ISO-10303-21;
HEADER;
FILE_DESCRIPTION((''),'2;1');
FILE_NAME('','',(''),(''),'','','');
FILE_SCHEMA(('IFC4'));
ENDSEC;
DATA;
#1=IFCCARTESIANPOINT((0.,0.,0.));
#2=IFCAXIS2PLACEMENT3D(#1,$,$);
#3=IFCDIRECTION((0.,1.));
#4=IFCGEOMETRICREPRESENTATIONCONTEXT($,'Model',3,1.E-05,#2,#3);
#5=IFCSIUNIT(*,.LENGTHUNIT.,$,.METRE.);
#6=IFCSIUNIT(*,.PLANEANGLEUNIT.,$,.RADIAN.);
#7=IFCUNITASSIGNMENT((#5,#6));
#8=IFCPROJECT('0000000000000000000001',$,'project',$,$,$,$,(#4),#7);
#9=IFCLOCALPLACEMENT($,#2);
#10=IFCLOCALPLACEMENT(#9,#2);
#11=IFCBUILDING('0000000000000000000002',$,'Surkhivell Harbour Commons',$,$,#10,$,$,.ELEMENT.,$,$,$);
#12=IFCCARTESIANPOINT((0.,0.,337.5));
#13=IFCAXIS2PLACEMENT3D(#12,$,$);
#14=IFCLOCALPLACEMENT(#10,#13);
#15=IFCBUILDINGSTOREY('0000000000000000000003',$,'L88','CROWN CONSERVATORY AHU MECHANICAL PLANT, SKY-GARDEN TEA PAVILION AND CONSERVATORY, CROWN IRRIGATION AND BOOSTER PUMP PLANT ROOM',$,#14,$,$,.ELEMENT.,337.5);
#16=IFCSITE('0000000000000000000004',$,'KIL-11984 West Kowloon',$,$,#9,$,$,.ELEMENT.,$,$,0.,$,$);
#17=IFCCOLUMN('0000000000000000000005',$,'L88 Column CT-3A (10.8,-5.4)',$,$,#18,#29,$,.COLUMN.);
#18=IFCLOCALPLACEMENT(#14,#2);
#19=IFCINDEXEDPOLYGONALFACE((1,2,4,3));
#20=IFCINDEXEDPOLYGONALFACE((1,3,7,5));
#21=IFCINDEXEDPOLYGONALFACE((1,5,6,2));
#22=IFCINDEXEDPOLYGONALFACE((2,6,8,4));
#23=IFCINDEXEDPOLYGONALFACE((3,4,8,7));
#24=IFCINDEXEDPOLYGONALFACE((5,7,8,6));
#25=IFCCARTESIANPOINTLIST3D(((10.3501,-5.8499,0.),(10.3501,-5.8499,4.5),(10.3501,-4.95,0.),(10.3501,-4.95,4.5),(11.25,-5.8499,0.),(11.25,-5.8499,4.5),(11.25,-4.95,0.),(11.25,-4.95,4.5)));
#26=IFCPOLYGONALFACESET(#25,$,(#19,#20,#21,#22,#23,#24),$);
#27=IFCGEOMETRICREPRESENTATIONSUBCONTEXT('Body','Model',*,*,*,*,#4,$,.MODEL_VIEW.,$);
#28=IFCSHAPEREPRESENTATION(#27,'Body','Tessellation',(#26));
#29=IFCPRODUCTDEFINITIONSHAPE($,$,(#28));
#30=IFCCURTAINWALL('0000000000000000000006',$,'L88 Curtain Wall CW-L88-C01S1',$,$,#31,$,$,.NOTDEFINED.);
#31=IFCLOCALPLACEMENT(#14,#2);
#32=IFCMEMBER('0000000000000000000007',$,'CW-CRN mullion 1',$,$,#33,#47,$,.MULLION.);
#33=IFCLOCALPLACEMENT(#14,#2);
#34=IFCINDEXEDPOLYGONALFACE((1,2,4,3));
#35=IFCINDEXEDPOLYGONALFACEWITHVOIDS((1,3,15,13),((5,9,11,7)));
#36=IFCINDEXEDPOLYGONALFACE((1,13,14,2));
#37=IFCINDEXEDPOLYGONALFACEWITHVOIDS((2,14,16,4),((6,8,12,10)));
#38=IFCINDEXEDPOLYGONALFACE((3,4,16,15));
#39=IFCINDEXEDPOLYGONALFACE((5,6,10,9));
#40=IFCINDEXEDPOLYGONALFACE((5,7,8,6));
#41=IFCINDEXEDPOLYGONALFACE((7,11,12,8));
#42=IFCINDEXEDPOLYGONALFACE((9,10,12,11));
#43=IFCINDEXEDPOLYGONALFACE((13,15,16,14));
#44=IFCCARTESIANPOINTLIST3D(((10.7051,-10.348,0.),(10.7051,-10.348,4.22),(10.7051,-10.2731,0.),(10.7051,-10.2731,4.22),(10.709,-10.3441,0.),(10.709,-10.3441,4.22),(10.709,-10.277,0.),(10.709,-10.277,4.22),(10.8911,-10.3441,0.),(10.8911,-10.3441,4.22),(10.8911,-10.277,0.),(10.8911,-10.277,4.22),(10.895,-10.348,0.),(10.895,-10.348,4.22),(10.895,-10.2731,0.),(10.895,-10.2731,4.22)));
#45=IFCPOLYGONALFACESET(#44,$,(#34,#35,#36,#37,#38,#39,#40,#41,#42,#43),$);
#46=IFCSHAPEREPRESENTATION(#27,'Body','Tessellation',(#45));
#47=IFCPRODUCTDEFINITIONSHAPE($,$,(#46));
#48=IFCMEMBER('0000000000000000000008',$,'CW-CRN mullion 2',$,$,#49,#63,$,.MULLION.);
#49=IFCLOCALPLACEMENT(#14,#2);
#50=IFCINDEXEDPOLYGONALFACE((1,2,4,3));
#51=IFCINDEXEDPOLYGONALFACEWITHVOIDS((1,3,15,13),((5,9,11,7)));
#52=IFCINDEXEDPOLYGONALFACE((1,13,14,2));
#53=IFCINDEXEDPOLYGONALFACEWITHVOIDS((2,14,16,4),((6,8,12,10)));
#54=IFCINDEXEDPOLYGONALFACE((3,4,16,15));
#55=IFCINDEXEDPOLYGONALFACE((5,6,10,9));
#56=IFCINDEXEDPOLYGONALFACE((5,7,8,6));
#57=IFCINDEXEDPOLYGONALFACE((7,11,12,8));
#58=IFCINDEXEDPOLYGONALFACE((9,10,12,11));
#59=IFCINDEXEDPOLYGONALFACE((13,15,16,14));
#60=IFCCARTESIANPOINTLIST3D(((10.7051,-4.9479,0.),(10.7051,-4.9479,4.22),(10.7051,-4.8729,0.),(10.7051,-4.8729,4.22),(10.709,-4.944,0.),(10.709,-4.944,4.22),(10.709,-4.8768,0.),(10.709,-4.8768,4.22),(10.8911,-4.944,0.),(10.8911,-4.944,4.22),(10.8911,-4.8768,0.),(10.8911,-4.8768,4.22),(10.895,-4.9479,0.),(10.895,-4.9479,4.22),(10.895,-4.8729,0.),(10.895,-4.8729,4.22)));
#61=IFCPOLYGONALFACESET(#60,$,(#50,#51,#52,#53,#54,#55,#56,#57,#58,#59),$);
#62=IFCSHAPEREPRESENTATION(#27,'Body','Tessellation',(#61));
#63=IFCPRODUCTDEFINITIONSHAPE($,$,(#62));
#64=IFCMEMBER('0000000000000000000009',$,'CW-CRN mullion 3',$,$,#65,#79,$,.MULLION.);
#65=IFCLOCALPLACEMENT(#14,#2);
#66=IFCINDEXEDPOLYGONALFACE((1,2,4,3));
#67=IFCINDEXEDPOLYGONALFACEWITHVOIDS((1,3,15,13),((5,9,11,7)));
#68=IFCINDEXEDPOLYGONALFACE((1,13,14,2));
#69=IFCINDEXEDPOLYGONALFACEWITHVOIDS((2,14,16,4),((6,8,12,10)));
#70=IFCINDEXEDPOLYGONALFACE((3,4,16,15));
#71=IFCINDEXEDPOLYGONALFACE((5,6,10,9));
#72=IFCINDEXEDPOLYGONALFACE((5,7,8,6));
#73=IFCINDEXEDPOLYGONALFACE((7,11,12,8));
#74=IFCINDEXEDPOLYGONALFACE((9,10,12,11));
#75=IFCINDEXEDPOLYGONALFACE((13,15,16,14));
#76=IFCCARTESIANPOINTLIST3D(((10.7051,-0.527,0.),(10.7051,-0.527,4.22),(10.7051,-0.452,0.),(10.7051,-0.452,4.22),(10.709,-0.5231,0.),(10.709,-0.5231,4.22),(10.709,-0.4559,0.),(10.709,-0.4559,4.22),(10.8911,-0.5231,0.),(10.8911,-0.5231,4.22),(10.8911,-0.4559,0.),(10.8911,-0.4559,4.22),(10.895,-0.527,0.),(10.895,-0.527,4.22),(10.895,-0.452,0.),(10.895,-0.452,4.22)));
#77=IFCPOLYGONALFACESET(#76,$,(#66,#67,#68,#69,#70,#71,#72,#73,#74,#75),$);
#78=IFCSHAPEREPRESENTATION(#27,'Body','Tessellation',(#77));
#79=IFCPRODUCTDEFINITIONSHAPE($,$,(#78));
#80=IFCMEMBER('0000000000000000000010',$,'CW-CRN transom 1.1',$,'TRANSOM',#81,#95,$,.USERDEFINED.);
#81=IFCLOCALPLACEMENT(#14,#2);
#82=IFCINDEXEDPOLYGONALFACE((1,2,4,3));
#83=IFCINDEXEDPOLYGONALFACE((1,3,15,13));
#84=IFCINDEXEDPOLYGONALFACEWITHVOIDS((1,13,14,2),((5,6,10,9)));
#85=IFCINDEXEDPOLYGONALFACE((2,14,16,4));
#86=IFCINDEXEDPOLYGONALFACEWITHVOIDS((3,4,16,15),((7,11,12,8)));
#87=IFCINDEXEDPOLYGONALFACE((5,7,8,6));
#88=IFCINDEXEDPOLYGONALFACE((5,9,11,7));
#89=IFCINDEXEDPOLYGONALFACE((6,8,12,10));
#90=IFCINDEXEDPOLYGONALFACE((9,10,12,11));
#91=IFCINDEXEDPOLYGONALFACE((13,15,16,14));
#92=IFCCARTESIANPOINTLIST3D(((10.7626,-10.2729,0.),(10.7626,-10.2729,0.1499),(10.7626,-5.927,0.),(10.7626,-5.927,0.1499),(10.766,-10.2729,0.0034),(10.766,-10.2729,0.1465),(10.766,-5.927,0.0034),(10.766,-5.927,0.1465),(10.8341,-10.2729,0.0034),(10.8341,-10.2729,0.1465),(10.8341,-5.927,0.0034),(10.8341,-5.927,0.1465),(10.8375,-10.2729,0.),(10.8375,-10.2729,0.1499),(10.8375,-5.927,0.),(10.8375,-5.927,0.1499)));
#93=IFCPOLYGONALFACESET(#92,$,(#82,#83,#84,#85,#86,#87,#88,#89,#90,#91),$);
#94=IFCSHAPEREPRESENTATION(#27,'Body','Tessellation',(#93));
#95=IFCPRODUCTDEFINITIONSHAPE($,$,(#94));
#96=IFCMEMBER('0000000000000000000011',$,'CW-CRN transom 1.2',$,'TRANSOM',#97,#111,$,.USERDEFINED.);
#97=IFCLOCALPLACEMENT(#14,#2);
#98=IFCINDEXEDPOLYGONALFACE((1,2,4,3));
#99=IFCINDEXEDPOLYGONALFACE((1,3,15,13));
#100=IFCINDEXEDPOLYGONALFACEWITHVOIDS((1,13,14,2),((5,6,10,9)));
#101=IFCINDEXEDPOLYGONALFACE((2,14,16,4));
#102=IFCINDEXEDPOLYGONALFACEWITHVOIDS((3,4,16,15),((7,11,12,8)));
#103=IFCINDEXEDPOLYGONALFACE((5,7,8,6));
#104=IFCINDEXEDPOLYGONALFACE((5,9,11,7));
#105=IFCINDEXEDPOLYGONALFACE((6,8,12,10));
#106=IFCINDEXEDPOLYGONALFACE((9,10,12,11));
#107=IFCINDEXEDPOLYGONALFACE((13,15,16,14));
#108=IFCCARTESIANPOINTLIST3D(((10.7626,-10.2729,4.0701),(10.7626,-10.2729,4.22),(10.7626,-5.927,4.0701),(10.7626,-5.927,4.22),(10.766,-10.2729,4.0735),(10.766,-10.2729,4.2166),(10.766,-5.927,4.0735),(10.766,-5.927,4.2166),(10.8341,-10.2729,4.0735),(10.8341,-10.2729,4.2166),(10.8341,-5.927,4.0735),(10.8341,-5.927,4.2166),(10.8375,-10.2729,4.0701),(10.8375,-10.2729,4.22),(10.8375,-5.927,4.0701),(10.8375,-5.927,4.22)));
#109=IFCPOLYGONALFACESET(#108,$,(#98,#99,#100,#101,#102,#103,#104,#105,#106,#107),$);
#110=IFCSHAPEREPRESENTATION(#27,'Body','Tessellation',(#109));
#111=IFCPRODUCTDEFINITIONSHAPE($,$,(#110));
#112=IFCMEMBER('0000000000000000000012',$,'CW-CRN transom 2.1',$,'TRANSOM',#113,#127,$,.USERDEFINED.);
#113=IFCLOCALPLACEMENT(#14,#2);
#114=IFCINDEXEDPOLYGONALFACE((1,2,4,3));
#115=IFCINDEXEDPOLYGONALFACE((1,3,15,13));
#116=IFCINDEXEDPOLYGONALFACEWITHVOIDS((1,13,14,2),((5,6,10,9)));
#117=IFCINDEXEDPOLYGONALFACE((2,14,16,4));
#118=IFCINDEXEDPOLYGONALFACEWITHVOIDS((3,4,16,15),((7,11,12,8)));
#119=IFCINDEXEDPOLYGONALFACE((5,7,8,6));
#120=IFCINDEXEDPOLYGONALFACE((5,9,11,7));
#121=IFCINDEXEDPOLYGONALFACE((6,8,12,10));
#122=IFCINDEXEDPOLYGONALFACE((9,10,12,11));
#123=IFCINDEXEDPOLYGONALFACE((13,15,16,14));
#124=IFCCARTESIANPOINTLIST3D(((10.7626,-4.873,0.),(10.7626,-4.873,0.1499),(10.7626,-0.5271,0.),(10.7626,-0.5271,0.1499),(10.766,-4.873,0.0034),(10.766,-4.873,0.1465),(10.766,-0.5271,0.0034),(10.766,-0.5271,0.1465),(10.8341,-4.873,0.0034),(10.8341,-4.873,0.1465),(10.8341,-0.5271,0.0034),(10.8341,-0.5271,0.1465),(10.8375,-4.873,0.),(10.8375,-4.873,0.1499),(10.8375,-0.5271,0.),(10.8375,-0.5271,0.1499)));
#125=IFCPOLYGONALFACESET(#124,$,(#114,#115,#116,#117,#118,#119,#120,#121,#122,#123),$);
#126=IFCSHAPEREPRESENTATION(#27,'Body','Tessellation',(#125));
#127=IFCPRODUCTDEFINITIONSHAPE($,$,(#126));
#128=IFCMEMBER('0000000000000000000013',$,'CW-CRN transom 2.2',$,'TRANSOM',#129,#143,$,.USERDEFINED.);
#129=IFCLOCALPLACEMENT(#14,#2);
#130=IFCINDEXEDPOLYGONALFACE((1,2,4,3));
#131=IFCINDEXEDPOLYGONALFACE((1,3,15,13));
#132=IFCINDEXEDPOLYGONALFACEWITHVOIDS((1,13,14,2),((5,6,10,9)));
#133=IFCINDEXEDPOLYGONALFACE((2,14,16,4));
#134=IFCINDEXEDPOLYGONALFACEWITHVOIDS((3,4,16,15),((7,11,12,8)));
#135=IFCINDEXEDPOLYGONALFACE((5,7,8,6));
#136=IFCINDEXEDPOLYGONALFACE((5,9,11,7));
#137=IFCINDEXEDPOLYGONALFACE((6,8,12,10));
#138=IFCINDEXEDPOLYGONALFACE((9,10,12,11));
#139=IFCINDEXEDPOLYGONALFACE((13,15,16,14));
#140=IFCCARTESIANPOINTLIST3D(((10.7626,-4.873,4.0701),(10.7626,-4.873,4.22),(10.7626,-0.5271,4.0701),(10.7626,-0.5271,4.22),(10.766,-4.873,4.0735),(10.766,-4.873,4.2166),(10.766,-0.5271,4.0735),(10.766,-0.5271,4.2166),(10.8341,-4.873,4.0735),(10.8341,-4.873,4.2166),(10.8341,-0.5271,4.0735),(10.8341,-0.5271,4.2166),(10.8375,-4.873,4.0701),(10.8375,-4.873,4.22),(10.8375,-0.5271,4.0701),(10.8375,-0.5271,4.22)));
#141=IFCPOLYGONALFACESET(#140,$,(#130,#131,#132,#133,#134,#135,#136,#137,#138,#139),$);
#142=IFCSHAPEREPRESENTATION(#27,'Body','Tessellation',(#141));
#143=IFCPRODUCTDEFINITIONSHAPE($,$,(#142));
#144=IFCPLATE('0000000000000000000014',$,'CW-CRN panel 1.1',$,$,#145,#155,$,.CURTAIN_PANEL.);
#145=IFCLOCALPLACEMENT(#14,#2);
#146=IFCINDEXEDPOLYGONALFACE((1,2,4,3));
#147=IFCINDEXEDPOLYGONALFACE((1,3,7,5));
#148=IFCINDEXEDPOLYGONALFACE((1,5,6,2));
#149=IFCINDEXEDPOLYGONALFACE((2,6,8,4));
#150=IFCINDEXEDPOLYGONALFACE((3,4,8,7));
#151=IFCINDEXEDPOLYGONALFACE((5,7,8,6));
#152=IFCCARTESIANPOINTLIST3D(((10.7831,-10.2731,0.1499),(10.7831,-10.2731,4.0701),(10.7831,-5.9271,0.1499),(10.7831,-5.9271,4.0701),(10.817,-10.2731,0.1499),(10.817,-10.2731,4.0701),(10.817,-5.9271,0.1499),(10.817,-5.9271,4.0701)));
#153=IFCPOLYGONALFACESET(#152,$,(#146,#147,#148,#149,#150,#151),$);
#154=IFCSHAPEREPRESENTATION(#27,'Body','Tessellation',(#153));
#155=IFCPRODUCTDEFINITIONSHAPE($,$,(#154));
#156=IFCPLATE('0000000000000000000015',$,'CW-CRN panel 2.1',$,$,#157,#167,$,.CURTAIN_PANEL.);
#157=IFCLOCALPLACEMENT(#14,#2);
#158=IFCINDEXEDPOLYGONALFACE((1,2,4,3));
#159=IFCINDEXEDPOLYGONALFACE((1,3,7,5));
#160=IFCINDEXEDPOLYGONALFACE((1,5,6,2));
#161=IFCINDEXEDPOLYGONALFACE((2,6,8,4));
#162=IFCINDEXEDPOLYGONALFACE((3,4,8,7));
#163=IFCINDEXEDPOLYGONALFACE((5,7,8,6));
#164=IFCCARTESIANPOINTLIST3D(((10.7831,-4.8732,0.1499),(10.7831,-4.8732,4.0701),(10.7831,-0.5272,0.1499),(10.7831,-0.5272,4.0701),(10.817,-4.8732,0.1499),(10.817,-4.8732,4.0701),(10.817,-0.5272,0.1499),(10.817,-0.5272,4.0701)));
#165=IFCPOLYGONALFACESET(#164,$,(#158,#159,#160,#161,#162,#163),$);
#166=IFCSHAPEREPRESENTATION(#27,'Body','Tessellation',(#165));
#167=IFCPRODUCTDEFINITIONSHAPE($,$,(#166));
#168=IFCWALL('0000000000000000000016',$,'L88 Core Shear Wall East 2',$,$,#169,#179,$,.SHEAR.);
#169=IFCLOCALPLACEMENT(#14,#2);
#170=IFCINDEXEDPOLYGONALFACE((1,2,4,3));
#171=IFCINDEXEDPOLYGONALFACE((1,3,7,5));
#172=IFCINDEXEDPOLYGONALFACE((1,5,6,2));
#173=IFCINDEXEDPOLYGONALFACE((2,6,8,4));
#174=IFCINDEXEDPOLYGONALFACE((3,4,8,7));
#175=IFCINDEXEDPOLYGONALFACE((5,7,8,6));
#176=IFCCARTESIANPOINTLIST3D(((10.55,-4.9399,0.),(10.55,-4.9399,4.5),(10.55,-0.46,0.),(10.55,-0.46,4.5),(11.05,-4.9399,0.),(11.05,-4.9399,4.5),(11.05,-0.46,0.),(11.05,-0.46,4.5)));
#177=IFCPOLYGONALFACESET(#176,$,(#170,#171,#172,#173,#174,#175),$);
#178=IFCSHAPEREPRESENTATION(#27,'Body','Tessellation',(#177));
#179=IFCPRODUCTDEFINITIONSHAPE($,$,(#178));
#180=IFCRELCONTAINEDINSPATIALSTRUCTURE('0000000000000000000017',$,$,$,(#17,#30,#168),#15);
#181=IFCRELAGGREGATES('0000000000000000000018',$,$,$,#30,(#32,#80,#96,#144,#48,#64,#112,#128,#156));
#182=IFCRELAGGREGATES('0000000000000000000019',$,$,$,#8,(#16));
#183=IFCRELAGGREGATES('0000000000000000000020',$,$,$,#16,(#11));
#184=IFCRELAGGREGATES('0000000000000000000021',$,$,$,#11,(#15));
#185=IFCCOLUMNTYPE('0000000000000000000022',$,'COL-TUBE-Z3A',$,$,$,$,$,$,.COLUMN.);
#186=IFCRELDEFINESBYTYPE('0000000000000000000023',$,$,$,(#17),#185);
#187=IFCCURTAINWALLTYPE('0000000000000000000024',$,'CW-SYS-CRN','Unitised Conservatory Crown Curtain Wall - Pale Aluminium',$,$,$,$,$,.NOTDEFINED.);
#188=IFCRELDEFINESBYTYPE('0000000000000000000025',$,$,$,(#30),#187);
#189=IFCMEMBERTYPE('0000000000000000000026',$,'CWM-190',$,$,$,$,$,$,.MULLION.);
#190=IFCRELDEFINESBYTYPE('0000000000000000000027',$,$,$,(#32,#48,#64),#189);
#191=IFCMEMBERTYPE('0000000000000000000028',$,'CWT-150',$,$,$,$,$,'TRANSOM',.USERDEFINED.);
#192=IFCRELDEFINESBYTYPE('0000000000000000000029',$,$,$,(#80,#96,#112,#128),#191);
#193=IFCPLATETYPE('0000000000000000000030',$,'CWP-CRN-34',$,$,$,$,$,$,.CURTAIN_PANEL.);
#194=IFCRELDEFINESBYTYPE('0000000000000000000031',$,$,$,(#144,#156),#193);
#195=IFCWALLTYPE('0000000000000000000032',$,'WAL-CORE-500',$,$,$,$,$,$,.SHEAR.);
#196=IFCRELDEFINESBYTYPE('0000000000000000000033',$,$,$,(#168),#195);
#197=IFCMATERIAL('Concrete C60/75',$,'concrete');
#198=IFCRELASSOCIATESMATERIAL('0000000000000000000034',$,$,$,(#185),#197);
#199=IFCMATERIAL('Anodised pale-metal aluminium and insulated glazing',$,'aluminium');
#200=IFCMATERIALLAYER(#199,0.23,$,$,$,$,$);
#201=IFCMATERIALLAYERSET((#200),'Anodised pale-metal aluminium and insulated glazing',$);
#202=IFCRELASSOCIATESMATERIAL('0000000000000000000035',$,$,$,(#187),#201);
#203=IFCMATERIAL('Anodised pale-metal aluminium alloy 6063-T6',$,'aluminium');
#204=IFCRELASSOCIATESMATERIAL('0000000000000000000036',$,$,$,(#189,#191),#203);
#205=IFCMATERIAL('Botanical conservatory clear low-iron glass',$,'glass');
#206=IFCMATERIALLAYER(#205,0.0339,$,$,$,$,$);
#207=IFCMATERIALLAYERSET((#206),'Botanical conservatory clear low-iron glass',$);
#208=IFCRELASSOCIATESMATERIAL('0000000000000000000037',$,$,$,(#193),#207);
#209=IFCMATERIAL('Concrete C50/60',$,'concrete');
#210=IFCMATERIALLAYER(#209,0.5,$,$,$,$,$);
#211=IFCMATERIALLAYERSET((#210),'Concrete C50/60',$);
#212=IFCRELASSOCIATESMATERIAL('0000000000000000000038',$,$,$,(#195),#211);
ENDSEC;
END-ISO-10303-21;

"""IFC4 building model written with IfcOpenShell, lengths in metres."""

from ifc_helpers import new_model, si_unit, direction, frame, frame_2d, origin, origin_2d, place, context, subcontext, project, spatial, rectangle, hollow_rectangle, extrude, material, layer, layer_set, material_profile, profile_set, type_object, element, aggregate, save


model = new_model("IFC4")

# Units and contexts
model_context = context("Model", 3, precision=1e-05, world=origin(), true_north=direction((0.0, 1.0)))
body_context = subcontext(model_context, "Body", "Model", "MODEL_VIEW")
ifc_project = project(units=[si_unit("LENGTHUNIT", "METRE"), si_unit("PLANEANGLEUNIT", "RADIAN")], contexts=[model_context])

# Site, building, storey
site_placement = place(None, origin())
site = spatial("IfcSite", under=ifc_project, at=site_placement, Name="KIL-11984 West Kowloon", CompositionType="ELEMENT", RefElevation=0.0)
building_placement = place(site_placement, origin())
building = spatial("IfcBuilding", under=site, at=building_placement, Name="Surkhivell Harbour Commons", CompositionType="ELEMENT")
storey_placement = place(building_placement, frame((0.0, 0.0, 337.5)))
storey = spatial("IfcBuildingStorey", under=building, at=storey_placement, Name="L88", Description="CROWN CONSERVATORY AHU MECHANICAL PLANT, SKY-GARDEN TEA PAVILION AND CONSERVATORY, CROWN IRRIGATION AND BOOSTER PUMP PLANT ROOM", CompositionType="ELEMENT", Elevation=337.5)

# Column
ifc_material_1 = material(Name="Concrete C60/75", Category="concrete")
ifc_material_profile_1 = material_profile(ifc_material_1, rectangle(XDim=0.8999, YDim=0.8999, at=origin_2d()), Name="RC-COL-900x900")
ifc_profile_set_1 = profile_set([ifc_material_profile_1], Name="Concrete C60/75")
column_type = type_object("IfcColumnType", Name="COL-TUBE-Z3A", PredefinedType="COLUMN", material=ifc_profile_set_1)
column_placement = place(storey_placement, frame((10.8, -5.3999, 0.0), z_axis=(0.0, 0.0, 1.0), x_axis=(1.0, 0.0, 0.0)))
element("IfcColumn", 1, at=column_placement, inside=storey, type_object=column_type, Name="L88 Column CT-3A (10.8,-5.4)", PredefinedType="COLUMN", context=body_context, shape_type="SweptSolid", body=[
    extrude(rectangle(XDim=0.8999, YDim=0.8999, at=origin_2d()), origin(), (0.0, 0.0, 1.0), 4.5),
])

# Curtain wall, members, plates
ifc_material_2 = material(Name="Anodised pale-metal aluminium and insulated glazing", Category="aluminium")
ifc_layer_1 = layer(ifc_material_2, 0.23)
ifc_layer_set_1 = layer_set([ifc_layer_1], Name="Anodised pale-metal aluminium and insulated glazing")
curtain_wall_type = type_object("IfcCurtainWallType", Name="CW-SYS-CRN", Description="Unitised Conservatory Crown Curtain Wall - Pale Aluminium", PredefinedType="NOTDEFINED", material=ifc_layer_set_1)
curtain_wall_placement = place(storey_placement, origin())
curtain_wall = element("IfcCurtainWall", 2, at=curtain_wall_placement, inside=storey, type_object=curtain_wall_type, Name="L88 Curtain Wall CW-L88-C01S1", PredefinedType="NOTDEFINED")
ifc_material_3 = material(Name="Anodised pale-metal aluminium alloy 6063-T6", Category="aluminium")
ifc_material_profile_2 = material_profile(ifc_material_3, hollow_rectangle(XDim=0.075, YDim=0.1899, WallThickness=0.0039, at=origin_2d()), Name="ALU-MULL-75x190")
ifc_profile_set_2 = profile_set([ifc_material_profile_2], Name="Anodised pale-metal aluminium alloy 6063-T6")
member_type_1 = type_object("IfcMemberType", Name="CWM-190", PredefinedType="MULLION", material=ifc_profile_set_2)
member_1_placement = place(storey_placement, frame((10.8, -10.3105, 0.0), z_axis=(0.0, 0.0, 1.0), x_axis=(0.0, 1.0, 0.0)))
member_1 = element("IfcMember", 3, at=member_1_placement, type_object=member_type_1, Name="CW-CRN mullion 1", PredefinedType="MULLION", context=body_context, shape_type="SweptSolid", body=[
    extrude(hollow_rectangle(XDim=0.075, YDim=0.1899, WallThickness=0.0039, at=origin_2d()), origin(), (0.0, 0.0, 1.0), 4.22),
])
member_2_placement = place(storey_placement, frame((10.8, -4.9104, 0.0), z_axis=(0.0, 0.0, 1.0), x_axis=(0.0, 1.0, 0.0)))
member_2 = element("IfcMember", 4, at=member_2_placement, type_object=member_type_1, Name="CW-CRN mullion 2", PredefinedType="MULLION", context=body_context, shape_type="SweptSolid", body=[
    extrude(hollow_rectangle(XDim=0.075, YDim=0.1899, WallThickness=0.0039, at=origin_2d()), origin(), (0.0, 0.0, 1.0), 4.22),
])
member_3_placement = place(storey_placement, frame((10.8, -0.4895, 0.0), z_axis=(0.0, 0.0, 1.0), x_axis=(0.0, 1.0, 0.0)))
member_3 = element("IfcMember", 5, at=member_3_placement, type_object=member_type_1, Name="CW-CRN mullion 3", PredefinedType="MULLION", context=body_context, shape_type="SweptSolid", body=[
    extrude(hollow_rectangle(XDim=0.075, YDim=0.1899, WallThickness=0.0039, at=origin_2d()), origin(), (0.0, 0.0, 1.0), 4.22),
])
ifc_material_profile_3 = material_profile(ifc_material_3, hollow_rectangle(XDim=0.075, YDim=0.1499, WallThickness=0.0034, at=origin_2d()), Name="ALU-TRAN-75x150")
ifc_profile_set_3 = profile_set([ifc_material_profile_3], Name="Anodised pale-metal aluminium alloy 6063-T6")
member_type_2 = type_object("IfcMemberType", Name="CWT-150", ElementType="TRANSOM", PredefinedType="USERDEFINED", material=ifc_profile_set_3)
member_4_placement = place(storey_placement, frame((10.8, -10.2729, 0.075), z_axis=(0.0, 1.0, 0.0), x_axis=(-1.0, 0.0, 0.0)))
member_4 = element("IfcMember", 6, at=member_4_placement, type_object=member_type_2, Name="CW-CRN transom 1.1", ObjectType="TRANSOM", PredefinedType="USERDEFINED", context=body_context, shape_type="SweptSolid", body=[
    extrude(hollow_rectangle(XDim=0.075, YDim=0.1499, WallThickness=0.0034, at=origin_2d()), origin(), (0.0, 0.0, 1.0), 4.3459),
])
member_5_placement = place(storey_placement, frame((10.8, -10.2729, 4.145), z_axis=(0.0, 1.0, 0.0), x_axis=(-1.0, 0.0, 0.0)))
member_5 = element("IfcMember", 7, at=member_5_placement, type_object=member_type_2, Name="CW-CRN transom 1.2", ObjectType="TRANSOM", PredefinedType="USERDEFINED", context=body_context, shape_type="SweptSolid", body=[
    extrude(hollow_rectangle(XDim=0.075, YDim=0.1499, WallThickness=0.0034, at=origin_2d()), origin(), (0.0, 0.0, 1.0), 4.3459),
])
member_6_placement = place(storey_placement, frame((10.8, -4.873, 0.075), z_axis=(0.0, 1.0, 0.0), x_axis=(-1.0, 0.0, 0.0)))
member_6 = element("IfcMember", 8, at=member_6_placement, type_object=member_type_2, Name="CW-CRN transom 2.1", ObjectType="TRANSOM", PredefinedType="USERDEFINED", context=body_context, shape_type="SweptSolid", body=[
    extrude(hollow_rectangle(XDim=0.075, YDim=0.1499, WallThickness=0.0034, at=origin_2d()), origin(), (0.0, 0.0, 1.0), 4.3459),
])
member_7_placement = place(storey_placement, frame((10.8, -4.873, 4.145), z_axis=(0.0, 1.0, 0.0), x_axis=(-1.0, 0.0, 0.0)))
member_7 = element("IfcMember", 9, at=member_7_placement, type_object=member_type_2, Name="CW-CRN transom 2.2", ObjectType="TRANSOM", PredefinedType="USERDEFINED", context=body_context, shape_type="SweptSolid", body=[
    extrude(hollow_rectangle(XDim=0.075, YDim=0.1499, WallThickness=0.0034, at=origin_2d()), origin(), (0.0, 0.0, 1.0), 4.3459),
])
ifc_material_4 = material(Name="Botanical conservatory clear low-iron glass", Category="glass")
ifc_layer_2 = layer(ifc_material_4, 0.0339)
ifc_layer_set_2 = layer_set([ifc_layer_2], Name="Botanical conservatory clear low-iron glass")
plate_type = type_object("IfcPlateType", Name="CWP-CRN-34", PredefinedType="CURTAIN_PANEL", material=ifc_layer_set_2)
plate_1_placement = place(storey_placement, frame((10.8, -10.2729, 0.1499), z_axis=(0.0, 0.0, 1.0), x_axis=(0.0, 1.0, 0.0)))
plate_1 = element("IfcPlate", 10, at=plate_1_placement, type_object=plate_type, Name="CW-CRN panel 1.1", PredefinedType="CURTAIN_PANEL", context=body_context, shape_type="SweptSolid", body=[
    extrude(rectangle(XDim=4.3459, YDim=0.0339, at=frame_2d((2.1729, 0.0))), origin(), (0.0, 0.0, 1.0), 3.9202),
])
plate_2_placement = place(storey_placement, frame((10.8, -4.873, 0.1499), z_axis=(0.0, 0.0, 1.0), x_axis=(0.0, 1.0, 0.0)))
plate_2 = element("IfcPlate", 11, at=plate_2_placement, type_object=plate_type, Name="CW-CRN panel 2.1", PredefinedType="CURTAIN_PANEL", context=body_context, shape_type="SweptSolid", body=[
    extrude(rectangle(XDim=4.3459, YDim=0.0339, at=frame_2d((2.1729, 0.0))), origin(), (0.0, 0.0, 1.0), 3.9202),
])
aggregate(curtain_wall, [member_1, member_4, member_5, plate_1, member_2, member_3, member_6, member_7, plate_2])

# Wall
ifc_material_5 = material(Name="Concrete C50/60", Category="concrete")
ifc_layer_3 = layer(ifc_material_5, 0.5)
ifc_layer_set_3 = layer_set([ifc_layer_3], Name="Concrete C50/60")
wall_type_1 = type_object("IfcWallType", Name="WAL-CORE-500", PredefinedType="SHEAR", material=ifc_layer_set_3)
wall_1_placement = place(storey_placement, frame((10.8, -4.9399, 0.0), z_axis=(0.0, 0.0, 1.0), x_axis=(0.0, 1.0, 0.0)))
element("IfcWall", 12, at=wall_1_placement, inside=storey, type_object=wall_type_1, Name="L88 Core Shear Wall East 2", PredefinedType="SHEAR", context=body_context, shape_type="SweptSolid", body=[
    extrude(rectangle(XDim=4.48, YDim=0.5, at=frame_2d((2.24, 0.0))), origin(), (0.0, 0.0, 1.0), 4.5),
])

save(model, "model.ifc")
